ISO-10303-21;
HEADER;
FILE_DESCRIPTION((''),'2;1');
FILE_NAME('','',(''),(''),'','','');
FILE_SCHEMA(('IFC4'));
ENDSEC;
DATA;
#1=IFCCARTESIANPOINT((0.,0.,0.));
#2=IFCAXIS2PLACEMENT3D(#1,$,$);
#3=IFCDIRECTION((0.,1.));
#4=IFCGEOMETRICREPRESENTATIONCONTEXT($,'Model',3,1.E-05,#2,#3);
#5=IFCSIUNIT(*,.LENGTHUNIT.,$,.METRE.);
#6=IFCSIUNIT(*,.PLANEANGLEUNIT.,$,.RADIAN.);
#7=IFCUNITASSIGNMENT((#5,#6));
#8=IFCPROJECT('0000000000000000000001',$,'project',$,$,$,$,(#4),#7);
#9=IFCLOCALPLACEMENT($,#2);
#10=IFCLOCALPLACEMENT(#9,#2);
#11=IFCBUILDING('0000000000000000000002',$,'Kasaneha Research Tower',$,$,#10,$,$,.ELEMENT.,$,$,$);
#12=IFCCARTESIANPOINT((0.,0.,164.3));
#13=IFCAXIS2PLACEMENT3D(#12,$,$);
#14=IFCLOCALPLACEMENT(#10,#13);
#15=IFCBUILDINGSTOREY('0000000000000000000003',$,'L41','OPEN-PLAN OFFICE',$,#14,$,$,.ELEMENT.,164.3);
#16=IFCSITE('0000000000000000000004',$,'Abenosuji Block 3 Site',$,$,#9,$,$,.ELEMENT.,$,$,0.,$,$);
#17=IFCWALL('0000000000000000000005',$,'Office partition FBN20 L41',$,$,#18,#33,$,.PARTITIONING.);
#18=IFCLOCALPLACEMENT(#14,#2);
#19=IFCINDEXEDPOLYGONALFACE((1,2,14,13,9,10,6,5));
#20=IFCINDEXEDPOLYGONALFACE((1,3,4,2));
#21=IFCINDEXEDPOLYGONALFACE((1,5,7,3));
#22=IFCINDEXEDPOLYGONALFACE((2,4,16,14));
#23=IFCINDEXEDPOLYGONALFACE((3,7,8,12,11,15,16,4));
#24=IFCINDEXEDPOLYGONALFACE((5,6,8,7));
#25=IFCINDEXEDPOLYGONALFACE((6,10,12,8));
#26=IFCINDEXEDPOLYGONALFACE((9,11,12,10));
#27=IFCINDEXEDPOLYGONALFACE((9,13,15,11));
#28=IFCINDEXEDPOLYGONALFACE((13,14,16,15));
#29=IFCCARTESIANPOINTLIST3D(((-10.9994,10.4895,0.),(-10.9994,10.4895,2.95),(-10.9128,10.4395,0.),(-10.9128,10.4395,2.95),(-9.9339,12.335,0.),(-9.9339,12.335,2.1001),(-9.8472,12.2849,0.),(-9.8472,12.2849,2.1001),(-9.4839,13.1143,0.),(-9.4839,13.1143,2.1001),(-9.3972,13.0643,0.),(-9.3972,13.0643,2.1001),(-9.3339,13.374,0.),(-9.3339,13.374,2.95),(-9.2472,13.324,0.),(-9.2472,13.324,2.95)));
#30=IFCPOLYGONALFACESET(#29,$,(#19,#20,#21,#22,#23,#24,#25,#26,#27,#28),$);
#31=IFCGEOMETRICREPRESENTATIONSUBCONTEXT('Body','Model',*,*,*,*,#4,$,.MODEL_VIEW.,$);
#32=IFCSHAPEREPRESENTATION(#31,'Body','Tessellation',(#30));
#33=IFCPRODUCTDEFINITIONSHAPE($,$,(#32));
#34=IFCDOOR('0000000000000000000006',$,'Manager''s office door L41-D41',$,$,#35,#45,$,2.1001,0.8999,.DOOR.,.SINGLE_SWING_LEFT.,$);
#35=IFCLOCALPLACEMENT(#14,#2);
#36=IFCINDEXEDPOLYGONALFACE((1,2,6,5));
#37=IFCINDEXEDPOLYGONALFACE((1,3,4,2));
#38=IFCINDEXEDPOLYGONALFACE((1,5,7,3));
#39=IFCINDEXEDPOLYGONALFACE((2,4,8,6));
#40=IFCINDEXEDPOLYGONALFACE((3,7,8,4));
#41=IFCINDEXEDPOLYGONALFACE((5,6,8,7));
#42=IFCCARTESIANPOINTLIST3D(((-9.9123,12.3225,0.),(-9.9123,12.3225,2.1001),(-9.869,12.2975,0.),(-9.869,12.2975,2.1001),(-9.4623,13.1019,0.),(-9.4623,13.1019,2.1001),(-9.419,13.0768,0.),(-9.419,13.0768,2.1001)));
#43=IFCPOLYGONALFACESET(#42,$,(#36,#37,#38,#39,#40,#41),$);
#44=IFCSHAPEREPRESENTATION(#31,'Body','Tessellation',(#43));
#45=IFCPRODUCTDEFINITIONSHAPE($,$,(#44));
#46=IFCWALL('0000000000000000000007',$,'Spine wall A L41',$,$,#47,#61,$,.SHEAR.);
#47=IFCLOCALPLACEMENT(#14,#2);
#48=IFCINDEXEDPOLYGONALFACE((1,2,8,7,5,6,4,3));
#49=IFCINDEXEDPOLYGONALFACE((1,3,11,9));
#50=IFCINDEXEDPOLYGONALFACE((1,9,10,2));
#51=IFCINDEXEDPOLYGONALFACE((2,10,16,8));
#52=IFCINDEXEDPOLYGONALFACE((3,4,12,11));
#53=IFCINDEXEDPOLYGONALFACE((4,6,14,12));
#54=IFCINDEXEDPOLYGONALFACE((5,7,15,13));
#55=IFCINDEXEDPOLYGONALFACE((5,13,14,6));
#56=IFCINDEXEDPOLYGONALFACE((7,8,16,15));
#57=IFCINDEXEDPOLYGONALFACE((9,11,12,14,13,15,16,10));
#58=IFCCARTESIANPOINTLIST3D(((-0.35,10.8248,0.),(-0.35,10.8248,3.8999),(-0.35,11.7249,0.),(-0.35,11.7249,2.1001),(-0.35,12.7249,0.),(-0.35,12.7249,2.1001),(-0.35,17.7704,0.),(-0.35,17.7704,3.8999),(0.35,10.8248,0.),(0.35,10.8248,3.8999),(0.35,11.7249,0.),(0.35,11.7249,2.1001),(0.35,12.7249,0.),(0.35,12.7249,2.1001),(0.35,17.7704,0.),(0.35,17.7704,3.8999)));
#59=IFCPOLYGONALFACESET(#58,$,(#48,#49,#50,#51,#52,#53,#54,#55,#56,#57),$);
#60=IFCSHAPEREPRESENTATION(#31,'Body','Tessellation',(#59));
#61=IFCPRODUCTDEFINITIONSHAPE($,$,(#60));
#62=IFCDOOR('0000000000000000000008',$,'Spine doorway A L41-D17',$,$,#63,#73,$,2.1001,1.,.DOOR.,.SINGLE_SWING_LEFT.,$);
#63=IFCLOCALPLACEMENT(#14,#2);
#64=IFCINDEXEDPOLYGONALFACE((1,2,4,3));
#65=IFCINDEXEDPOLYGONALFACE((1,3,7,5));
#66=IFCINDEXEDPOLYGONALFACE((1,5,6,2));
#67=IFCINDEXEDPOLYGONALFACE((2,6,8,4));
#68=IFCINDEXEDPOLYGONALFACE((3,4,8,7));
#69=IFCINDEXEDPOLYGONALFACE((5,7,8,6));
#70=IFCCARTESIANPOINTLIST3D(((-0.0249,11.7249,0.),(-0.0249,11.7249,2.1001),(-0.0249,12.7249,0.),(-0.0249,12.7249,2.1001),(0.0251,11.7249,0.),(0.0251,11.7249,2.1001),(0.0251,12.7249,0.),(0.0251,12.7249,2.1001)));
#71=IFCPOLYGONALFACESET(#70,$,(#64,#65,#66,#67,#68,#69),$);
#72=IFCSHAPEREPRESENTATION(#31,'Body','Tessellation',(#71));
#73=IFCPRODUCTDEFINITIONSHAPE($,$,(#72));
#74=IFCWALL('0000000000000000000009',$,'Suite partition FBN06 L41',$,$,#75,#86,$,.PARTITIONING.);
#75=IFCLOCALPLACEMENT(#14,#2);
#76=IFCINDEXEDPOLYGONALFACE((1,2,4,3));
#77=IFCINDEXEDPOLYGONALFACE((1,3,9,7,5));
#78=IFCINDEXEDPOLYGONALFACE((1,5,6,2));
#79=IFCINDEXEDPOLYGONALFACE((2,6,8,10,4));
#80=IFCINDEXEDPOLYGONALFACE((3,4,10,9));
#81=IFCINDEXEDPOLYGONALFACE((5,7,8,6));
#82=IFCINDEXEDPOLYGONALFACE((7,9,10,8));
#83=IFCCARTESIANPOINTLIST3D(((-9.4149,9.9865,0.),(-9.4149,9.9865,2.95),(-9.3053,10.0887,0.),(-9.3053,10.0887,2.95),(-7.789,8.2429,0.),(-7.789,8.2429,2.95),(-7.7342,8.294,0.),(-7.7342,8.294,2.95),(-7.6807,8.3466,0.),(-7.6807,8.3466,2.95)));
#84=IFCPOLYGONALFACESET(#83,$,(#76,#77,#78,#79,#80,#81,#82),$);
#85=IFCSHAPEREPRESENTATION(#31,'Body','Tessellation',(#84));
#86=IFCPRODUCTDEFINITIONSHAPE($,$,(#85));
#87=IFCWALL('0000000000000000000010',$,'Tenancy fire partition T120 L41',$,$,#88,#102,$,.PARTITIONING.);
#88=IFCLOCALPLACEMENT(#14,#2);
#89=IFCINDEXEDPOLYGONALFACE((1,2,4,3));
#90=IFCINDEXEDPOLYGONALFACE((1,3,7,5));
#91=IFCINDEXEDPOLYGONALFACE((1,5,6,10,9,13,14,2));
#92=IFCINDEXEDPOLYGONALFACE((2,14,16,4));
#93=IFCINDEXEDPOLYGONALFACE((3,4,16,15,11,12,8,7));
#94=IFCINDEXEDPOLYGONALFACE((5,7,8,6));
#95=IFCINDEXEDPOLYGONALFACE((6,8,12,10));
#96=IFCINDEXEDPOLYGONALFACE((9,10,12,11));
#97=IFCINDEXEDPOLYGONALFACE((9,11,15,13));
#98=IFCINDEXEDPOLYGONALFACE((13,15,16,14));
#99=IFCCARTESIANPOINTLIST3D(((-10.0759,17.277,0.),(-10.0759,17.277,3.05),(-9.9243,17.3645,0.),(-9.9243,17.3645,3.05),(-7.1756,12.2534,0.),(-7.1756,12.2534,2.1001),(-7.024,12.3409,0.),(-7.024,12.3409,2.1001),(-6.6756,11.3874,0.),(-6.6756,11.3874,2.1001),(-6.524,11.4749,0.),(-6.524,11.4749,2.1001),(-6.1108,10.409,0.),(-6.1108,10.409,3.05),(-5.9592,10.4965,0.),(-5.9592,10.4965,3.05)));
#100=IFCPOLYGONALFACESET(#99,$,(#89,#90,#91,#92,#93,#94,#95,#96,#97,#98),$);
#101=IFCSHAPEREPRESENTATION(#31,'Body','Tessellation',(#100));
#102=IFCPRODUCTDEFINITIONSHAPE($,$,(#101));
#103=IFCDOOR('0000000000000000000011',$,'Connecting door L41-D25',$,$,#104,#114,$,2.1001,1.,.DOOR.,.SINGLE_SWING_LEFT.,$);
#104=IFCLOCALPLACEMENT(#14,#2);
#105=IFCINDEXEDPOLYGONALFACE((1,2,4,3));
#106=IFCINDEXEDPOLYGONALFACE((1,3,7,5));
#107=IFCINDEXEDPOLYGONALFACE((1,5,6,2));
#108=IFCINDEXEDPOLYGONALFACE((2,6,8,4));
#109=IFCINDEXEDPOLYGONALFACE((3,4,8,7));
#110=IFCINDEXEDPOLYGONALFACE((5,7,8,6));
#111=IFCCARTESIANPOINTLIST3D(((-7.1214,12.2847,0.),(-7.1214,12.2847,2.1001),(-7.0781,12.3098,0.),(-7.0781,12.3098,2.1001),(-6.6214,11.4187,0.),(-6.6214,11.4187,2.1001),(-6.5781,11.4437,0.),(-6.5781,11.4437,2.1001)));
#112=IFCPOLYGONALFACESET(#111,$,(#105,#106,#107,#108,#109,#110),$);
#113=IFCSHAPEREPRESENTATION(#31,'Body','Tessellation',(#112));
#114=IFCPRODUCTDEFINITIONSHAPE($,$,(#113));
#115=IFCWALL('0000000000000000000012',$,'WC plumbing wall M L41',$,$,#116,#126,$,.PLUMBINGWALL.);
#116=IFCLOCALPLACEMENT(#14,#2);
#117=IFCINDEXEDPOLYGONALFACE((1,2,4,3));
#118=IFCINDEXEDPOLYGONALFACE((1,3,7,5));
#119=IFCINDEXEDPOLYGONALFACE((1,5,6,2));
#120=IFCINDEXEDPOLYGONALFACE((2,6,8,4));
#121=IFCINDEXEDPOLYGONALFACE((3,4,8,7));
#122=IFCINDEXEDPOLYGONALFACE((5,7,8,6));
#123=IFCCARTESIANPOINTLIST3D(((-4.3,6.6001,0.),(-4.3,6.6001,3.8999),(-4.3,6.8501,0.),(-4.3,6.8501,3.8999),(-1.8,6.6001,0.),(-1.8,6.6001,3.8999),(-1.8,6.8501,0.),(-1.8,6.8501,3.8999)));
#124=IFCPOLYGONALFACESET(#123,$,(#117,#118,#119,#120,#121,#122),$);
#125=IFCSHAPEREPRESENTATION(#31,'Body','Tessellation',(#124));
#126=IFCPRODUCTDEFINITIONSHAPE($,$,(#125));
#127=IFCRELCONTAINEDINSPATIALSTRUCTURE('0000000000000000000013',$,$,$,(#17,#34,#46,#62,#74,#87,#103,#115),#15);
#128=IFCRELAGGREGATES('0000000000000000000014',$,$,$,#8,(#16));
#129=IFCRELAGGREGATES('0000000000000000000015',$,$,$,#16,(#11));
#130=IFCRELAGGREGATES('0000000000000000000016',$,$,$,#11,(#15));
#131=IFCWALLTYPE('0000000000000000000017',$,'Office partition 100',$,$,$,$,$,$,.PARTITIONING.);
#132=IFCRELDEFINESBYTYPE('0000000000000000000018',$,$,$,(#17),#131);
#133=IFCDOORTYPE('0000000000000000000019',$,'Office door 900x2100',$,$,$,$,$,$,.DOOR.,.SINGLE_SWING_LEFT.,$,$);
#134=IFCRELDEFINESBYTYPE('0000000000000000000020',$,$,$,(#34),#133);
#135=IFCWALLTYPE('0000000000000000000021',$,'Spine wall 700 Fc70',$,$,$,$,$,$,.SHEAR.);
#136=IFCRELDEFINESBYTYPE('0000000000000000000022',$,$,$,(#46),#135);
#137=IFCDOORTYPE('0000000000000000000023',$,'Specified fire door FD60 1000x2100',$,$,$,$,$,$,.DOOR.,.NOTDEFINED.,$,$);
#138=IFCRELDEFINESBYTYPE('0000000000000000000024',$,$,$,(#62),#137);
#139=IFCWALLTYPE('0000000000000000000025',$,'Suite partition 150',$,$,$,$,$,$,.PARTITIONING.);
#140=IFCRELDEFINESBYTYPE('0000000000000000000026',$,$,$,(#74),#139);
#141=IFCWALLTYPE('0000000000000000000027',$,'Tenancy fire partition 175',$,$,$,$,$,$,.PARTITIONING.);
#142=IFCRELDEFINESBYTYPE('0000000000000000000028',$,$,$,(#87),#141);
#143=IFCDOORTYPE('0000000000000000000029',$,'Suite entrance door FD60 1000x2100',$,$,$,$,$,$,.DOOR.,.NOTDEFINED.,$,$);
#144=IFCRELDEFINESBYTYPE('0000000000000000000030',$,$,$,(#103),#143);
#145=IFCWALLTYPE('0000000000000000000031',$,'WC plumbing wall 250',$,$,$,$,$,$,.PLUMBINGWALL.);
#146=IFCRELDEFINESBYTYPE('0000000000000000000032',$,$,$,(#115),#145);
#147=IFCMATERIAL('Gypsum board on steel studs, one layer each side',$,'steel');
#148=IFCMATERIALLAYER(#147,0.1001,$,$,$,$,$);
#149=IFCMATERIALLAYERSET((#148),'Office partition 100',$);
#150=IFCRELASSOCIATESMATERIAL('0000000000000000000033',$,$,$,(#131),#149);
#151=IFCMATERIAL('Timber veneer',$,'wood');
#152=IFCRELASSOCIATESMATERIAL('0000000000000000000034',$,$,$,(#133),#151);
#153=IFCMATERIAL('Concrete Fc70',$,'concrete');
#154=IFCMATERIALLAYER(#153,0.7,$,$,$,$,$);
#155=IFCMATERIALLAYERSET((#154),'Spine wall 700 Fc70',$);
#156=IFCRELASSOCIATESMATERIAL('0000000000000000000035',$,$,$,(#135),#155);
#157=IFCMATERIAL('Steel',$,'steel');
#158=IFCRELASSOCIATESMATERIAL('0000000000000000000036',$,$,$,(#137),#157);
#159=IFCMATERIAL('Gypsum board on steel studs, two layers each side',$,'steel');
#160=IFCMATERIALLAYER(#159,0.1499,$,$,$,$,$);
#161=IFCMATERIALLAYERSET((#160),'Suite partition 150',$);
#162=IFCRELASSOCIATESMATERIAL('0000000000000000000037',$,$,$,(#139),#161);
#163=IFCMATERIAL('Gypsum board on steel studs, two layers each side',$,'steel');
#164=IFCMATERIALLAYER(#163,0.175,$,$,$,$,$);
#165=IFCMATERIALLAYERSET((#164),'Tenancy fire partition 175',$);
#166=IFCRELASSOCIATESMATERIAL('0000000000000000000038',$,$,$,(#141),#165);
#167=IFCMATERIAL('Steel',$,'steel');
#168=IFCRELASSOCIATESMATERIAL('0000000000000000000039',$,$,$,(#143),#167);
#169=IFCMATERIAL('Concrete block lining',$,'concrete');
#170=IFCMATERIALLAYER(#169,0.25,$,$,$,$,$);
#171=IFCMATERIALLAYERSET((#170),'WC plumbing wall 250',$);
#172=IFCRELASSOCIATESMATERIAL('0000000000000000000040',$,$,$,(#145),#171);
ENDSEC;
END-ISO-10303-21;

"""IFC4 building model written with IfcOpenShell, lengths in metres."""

from ifc_helpers import new_model, si_unit, direction, frame, frame_2d, origin, place, context, subcontext, project, spatial, polyline, rectangle, outline, extrude, material, layer, layer_set, type_object, element, fill, save


model = new_model("IFC4")

# Units and contexts
model_context = context("Model", 3, precision=1e-05, world=origin(), true_north=direction((0.0, 1.0)))
body_context = subcontext(model_context, "Body", "Model", "MODEL_VIEW")
ifc_project = project(units=[si_unit("LENGTHUNIT", "METRE"), si_unit("PLANEANGLEUNIT", "RADIAN")], contexts=[model_context])

# Site, building, storey
site_placement = place(None, origin())
site = spatial("IfcSite", under=ifc_project, at=site_placement, Name="Abenosuji Block 3 Site", CompositionType="ELEMENT", RefElevation=0.0)
building_placement = place(site_placement, origin())
building = spatial("IfcBuilding", under=site, at=building_placement, Name="Kasaneha Research Tower", CompositionType="ELEMENT")
storey_placement = place(building_placement, frame((0.0, 0.0, 164.3)))
storey = spatial("IfcBuildingStorey", under=building, at=storey_placement, Name="L41", Description="OPEN-PLAN OFFICE", CompositionType="ELEMENT", Elevation=164.3)

# Shared definitions
ifc_material_1 = material(Name="Gypsum board on steel studs, one layer each side", Category="steel")
ifc_layer_1 = layer(ifc_material_1, 0.1001)
ifc_layer_set_1 = layer_set([ifc_layer_1], Name="Office partition 100")
wall_type_1 = type_object("IfcWallType", Name="Office partition 100", PredefinedType="PARTITIONING", material=ifc_layer_set_1)

# Walls, openings, doors
wall_1_placement = place(storey_placement, frame((-9.2905, 13.3491, 0.0), z_axis=(0.0, 0.0, 1.0), x_axis=(-0.500033, -0.866006, 0.0)))
wall_1 = element("IfcWall", 1, at=wall_1_placement, inside=storey, type_object=wall_type_1, Name="Office partition FBN20 L41", PredefinedType="PARTITIONING", context=body_context, shape_type="SweptSolid", body=[
    extrude(rectangle(XDim=3.3308, YDim=0.1001, at=frame_2d((1.6655, 0.0))), origin(), (0.0, 0.0, 1.0), 2.95),
])
opening_1_placement = place(wall_1_placement, frame((0.3, 0.0, 0.0)))
opening_1 = element("IfcOpeningElement", 2, at=opening_1_placement, cuts=wall_1, PredefinedType="OPENING", context=body_context, shape_type="SweptSolid", body=[
    extrude(rectangle(XDim=0.8999, YDim=2.1001, at=frame_2d((0.45, 1.05))), frame((0.0, 0.0601, 0.0), z_axis=(0.0, -1.0, 0.0), x_axis=(1.0, 0.0, 0.0)), (0.0, 0.0, 1.0), 0.1201),
])
ifc_material_2 = material(Name="Timber veneer", Category="wood")
door_type_1 = type_object("IfcDoorType", Name="Office door 900x2100", OperationType="SINGLE_SWING_LEFT", PredefinedType="DOOR", material=ifc_material_2)
door_1_placement = place(opening_1_placement, origin())
door_1 = element("IfcDoor", 3, at=door_1_placement, inside=storey, type_object=door_type_1, Name="Manager's office door L41-D41", OperationType="SINGLE_SWING_LEFT", OverallHeight=2.1001, OverallWidth=0.8999, PredefinedType="DOOR", context=body_context, shape_type="SweptSolid", body=[
    extrude(rectangle(XDim=0.8999, YDim=2.1001, at=frame_2d((0.45, 1.05))), frame((0.0, 0.0249, 0.0), z_axis=(0.0, -1.0, 0.0), x_axis=(1.0, 0.0, 0.0)), (0.0, 0.0, 1.0), 0.05),
])
fill(opening_1, door_1)
ifc_material_3 = material(Name="Concrete Fc70", Category="concrete")
ifc_layer_2 = layer(ifc_material_3, 0.7)
ifc_layer_set_2 = layer_set([ifc_layer_2], Name="Spine wall 700 Fc70")
wall_type_2 = type_object("IfcWallType", Name="Spine wall 700 Fc70", PredefinedType="SHEAR", material=ifc_layer_set_2)
wall_2_placement = place(storey_placement, frame((0.0, 10.825, 0.0), z_axis=(0.0, 0.0, 1.0), x_axis=(0.0, 1.0, 0.0)))
wall_2 = element("IfcWall", 4, at=wall_2_placement, inside=storey, type_object=wall_type_2, Name="Spine wall A L41", PredefinedType="SHEAR", context=body_context, shape_type="SweptSolid", body=[
    extrude(rectangle(XDim=6.9456, YDim=0.7, at=frame_2d((3.4727, 0.0))), origin(), (0.0, 0.0, 1.0), 3.8999),
])
opening_2_placement = place(wall_2_placement, frame((0.8999, 0.0, 0.0)))
opening_2 = element("IfcOpeningElement", 5, at=opening_2_placement, cuts=wall_2, PredefinedType="OPENING", context=body_context, shape_type="SweptSolid", body=[
    extrude(rectangle(XDim=1.0, YDim=2.1001, at=frame_2d((0.5, 1.05))), frame((0.0, 0.3599, 0.0), z_axis=(0.0, -1.0, 0.0), x_axis=(1.0, 0.0, 0.0)), (0.0, 0.0, 1.0), 0.72),
])
ifc_material_4 = material(Name="Steel", Category="steel")
door_type_2 = type_object("IfcDoorType", Name="Specified fire door FD60 1000x2100", OperationType="NOTDEFINED", PredefinedType="DOOR", material=ifc_material_4)
door_2_placement = place(opening_2_placement, origin())
door_2 = element("IfcDoor", 6, at=door_2_placement, inside=storey, type_object=door_type_2, Name="Spine doorway A L41-D17", OperationType="SINGLE_SWING_LEFT", OverallHeight=2.1001, OverallWidth=1.0, PredefinedType="DOOR", context=body_context, shape_type="SweptSolid", body=[
    extrude(rectangle(XDim=1.0, YDim=2.1001, at=frame_2d((0.5, 1.05))), frame((0.0, 0.0249, 0.0), z_axis=(0.0, -1.0, 0.0), x_axis=(1.0, 0.0, 0.0)), (0.0, 0.0, 1.0), 0.05),
])
fill(opening_2, door_2)

# Wall
ifc_material_5 = material(Name="Gypsum board on steel studs, two layers each side", Category="steel")
ifc_layer_3 = layer(ifc_material_5, 0.1499)
ifc_layer_set_3 = layer_set([ifc_layer_3], Name="Suite partition 150")
wall_type_3 = type_object("IfcWallType", Name="Suite partition 150", PredefinedType="PARTITIONING", material=ifc_layer_set_3)
wall_3_placement = place(storey_placement, frame((-9.3601, 10.0376, 0.0), z_axis=(0.0, 0.0, 1.0), x_axis=(0.681997, -0.731355, 0.0)))
element("IfcWall", 7, at=wall_3_placement, inside=storey, type_object=wall_type_3, Name="Suite partition FBN06 L41", PredefinedType="PARTITIONING", context=body_context, shape_type="SweptSolid", body=[
    extrude(outline(polyline([(0.0, -0.075), (2.384, -0.075), (2.384, 0.0), (2.3821, 0.075), (0.0, 0.075), (0.0, -0.075)])), origin(), (0.0, 0.0, 1.0), 2.95),
])

# Wall, opening, door
ifc_material_6 = material(Name="Gypsum board on steel studs, two layers each side", Category="steel")
ifc_layer_4 = layer(ifc_material_6, 0.175)
ifc_layer_set_4 = layer_set([ifc_layer_4], Name="Tenancy fire partition 175")
wall_type_4 = type_object("IfcWallType", Name="Tenancy fire partition 175", PredefinedType="PARTITIONING", material=ifc_layer_set_4)
wall_4_placement = place(storey_placement, frame((-6.0349, 10.4526, 0.0), z_axis=(0.0, 0.0, 1.0), x_axis=(-0.49999, 0.866031, 0.0)))
wall_4 = element("IfcWall", 8, at=wall_4_placement, inside=storey, type_object=wall_type_4, Name="Tenancy fire partition T120 L41", PredefinedType="PARTITIONING", context=body_context, shape_type="SweptSolid", body=[
    extrude(rectangle(XDim=7.9304, YDim=0.175, at=frame_2d((3.9653, 0.0))), origin(), (0.0, 0.0, 1.0), 3.05),
])
opening_3_placement = place(wall_4_placement, frame((1.1299, 0.0, 0.0)))
opening_3 = element("IfcOpeningElement", 9, at=opening_3_placement, cuts=wall_4, PredefinedType="OPENING", context=body_context, shape_type="SweptSolid", body=[
    extrude(rectangle(XDim=1.0, YDim=2.1001, at=frame_2d((0.5, 1.05))), frame((0.0, 0.0977, 0.0), z_axis=(0.0, -1.0, 0.0), x_axis=(1.0, 0.0, 0.0)), (0.0, 0.0, 1.0), 0.1951),
])
ifc_material_7 = material(Name="Steel", Category="steel")
door_type_3 = type_object("IfcDoorType", Name="Suite entrance door FD60 1000x2100", OperationType="NOTDEFINED", PredefinedType="DOOR", material=ifc_material_7)
door_3_placement = place(opening_3_placement, origin())
door_3 = element("IfcDoor", 10, at=door_3_placement, inside=storey, type_object=door_type_3, Name="Connecting door L41-D25", OperationType="SINGLE_SWING_LEFT", OverallHeight=2.1001, OverallWidth=1.0, PredefinedType="DOOR", context=body_context, shape_type="SweptSolid", body=[
    extrude(rectangle(XDim=1.0, YDim=2.1001, at=frame_2d((0.5, 1.05))), frame((0.0, 0.0249, 0.0), z_axis=(0.0, -1.0, 0.0), x_axis=(1.0, 0.0, 0.0)), (0.0, 0.0, 1.0), 0.05),
])
fill(opening_3, door_3)

# Wall
ifc_material_8 = material(Name="Concrete block lining", Category="concrete")
ifc_layer_5 = layer(ifc_material_8, 0.25)
ifc_layer_set_5 = layer_set([ifc_layer_5], Name="WC plumbing wall 250")
wall_type_5 = type_object("IfcWallType", Name="WC plumbing wall 250", PredefinedType="PLUMBINGWALL", material=ifc_layer_set_5)
wall_5_placement = place(storey_placement, frame((-4.3, 6.7251, 0.0), z_axis=(0.0, 0.0, 1.0), x_axis=(1.0, 0.0, 0.0)))
element("IfcWall", 11, at=wall_5_placement, inside=storey, type_object=wall_type_5, Name="WC plumbing wall M L41", PredefinedType="PLUMBINGWALL", context=body_context, shape_type="SweptSolid", body=[
    extrude(rectangle(XDim=2.5, YDim=0.25, at=frame_2d((1.25, 0.0))), origin(), (0.0, 0.0, 1.0), 3.8999),
])

save(model, "model.ifc")
